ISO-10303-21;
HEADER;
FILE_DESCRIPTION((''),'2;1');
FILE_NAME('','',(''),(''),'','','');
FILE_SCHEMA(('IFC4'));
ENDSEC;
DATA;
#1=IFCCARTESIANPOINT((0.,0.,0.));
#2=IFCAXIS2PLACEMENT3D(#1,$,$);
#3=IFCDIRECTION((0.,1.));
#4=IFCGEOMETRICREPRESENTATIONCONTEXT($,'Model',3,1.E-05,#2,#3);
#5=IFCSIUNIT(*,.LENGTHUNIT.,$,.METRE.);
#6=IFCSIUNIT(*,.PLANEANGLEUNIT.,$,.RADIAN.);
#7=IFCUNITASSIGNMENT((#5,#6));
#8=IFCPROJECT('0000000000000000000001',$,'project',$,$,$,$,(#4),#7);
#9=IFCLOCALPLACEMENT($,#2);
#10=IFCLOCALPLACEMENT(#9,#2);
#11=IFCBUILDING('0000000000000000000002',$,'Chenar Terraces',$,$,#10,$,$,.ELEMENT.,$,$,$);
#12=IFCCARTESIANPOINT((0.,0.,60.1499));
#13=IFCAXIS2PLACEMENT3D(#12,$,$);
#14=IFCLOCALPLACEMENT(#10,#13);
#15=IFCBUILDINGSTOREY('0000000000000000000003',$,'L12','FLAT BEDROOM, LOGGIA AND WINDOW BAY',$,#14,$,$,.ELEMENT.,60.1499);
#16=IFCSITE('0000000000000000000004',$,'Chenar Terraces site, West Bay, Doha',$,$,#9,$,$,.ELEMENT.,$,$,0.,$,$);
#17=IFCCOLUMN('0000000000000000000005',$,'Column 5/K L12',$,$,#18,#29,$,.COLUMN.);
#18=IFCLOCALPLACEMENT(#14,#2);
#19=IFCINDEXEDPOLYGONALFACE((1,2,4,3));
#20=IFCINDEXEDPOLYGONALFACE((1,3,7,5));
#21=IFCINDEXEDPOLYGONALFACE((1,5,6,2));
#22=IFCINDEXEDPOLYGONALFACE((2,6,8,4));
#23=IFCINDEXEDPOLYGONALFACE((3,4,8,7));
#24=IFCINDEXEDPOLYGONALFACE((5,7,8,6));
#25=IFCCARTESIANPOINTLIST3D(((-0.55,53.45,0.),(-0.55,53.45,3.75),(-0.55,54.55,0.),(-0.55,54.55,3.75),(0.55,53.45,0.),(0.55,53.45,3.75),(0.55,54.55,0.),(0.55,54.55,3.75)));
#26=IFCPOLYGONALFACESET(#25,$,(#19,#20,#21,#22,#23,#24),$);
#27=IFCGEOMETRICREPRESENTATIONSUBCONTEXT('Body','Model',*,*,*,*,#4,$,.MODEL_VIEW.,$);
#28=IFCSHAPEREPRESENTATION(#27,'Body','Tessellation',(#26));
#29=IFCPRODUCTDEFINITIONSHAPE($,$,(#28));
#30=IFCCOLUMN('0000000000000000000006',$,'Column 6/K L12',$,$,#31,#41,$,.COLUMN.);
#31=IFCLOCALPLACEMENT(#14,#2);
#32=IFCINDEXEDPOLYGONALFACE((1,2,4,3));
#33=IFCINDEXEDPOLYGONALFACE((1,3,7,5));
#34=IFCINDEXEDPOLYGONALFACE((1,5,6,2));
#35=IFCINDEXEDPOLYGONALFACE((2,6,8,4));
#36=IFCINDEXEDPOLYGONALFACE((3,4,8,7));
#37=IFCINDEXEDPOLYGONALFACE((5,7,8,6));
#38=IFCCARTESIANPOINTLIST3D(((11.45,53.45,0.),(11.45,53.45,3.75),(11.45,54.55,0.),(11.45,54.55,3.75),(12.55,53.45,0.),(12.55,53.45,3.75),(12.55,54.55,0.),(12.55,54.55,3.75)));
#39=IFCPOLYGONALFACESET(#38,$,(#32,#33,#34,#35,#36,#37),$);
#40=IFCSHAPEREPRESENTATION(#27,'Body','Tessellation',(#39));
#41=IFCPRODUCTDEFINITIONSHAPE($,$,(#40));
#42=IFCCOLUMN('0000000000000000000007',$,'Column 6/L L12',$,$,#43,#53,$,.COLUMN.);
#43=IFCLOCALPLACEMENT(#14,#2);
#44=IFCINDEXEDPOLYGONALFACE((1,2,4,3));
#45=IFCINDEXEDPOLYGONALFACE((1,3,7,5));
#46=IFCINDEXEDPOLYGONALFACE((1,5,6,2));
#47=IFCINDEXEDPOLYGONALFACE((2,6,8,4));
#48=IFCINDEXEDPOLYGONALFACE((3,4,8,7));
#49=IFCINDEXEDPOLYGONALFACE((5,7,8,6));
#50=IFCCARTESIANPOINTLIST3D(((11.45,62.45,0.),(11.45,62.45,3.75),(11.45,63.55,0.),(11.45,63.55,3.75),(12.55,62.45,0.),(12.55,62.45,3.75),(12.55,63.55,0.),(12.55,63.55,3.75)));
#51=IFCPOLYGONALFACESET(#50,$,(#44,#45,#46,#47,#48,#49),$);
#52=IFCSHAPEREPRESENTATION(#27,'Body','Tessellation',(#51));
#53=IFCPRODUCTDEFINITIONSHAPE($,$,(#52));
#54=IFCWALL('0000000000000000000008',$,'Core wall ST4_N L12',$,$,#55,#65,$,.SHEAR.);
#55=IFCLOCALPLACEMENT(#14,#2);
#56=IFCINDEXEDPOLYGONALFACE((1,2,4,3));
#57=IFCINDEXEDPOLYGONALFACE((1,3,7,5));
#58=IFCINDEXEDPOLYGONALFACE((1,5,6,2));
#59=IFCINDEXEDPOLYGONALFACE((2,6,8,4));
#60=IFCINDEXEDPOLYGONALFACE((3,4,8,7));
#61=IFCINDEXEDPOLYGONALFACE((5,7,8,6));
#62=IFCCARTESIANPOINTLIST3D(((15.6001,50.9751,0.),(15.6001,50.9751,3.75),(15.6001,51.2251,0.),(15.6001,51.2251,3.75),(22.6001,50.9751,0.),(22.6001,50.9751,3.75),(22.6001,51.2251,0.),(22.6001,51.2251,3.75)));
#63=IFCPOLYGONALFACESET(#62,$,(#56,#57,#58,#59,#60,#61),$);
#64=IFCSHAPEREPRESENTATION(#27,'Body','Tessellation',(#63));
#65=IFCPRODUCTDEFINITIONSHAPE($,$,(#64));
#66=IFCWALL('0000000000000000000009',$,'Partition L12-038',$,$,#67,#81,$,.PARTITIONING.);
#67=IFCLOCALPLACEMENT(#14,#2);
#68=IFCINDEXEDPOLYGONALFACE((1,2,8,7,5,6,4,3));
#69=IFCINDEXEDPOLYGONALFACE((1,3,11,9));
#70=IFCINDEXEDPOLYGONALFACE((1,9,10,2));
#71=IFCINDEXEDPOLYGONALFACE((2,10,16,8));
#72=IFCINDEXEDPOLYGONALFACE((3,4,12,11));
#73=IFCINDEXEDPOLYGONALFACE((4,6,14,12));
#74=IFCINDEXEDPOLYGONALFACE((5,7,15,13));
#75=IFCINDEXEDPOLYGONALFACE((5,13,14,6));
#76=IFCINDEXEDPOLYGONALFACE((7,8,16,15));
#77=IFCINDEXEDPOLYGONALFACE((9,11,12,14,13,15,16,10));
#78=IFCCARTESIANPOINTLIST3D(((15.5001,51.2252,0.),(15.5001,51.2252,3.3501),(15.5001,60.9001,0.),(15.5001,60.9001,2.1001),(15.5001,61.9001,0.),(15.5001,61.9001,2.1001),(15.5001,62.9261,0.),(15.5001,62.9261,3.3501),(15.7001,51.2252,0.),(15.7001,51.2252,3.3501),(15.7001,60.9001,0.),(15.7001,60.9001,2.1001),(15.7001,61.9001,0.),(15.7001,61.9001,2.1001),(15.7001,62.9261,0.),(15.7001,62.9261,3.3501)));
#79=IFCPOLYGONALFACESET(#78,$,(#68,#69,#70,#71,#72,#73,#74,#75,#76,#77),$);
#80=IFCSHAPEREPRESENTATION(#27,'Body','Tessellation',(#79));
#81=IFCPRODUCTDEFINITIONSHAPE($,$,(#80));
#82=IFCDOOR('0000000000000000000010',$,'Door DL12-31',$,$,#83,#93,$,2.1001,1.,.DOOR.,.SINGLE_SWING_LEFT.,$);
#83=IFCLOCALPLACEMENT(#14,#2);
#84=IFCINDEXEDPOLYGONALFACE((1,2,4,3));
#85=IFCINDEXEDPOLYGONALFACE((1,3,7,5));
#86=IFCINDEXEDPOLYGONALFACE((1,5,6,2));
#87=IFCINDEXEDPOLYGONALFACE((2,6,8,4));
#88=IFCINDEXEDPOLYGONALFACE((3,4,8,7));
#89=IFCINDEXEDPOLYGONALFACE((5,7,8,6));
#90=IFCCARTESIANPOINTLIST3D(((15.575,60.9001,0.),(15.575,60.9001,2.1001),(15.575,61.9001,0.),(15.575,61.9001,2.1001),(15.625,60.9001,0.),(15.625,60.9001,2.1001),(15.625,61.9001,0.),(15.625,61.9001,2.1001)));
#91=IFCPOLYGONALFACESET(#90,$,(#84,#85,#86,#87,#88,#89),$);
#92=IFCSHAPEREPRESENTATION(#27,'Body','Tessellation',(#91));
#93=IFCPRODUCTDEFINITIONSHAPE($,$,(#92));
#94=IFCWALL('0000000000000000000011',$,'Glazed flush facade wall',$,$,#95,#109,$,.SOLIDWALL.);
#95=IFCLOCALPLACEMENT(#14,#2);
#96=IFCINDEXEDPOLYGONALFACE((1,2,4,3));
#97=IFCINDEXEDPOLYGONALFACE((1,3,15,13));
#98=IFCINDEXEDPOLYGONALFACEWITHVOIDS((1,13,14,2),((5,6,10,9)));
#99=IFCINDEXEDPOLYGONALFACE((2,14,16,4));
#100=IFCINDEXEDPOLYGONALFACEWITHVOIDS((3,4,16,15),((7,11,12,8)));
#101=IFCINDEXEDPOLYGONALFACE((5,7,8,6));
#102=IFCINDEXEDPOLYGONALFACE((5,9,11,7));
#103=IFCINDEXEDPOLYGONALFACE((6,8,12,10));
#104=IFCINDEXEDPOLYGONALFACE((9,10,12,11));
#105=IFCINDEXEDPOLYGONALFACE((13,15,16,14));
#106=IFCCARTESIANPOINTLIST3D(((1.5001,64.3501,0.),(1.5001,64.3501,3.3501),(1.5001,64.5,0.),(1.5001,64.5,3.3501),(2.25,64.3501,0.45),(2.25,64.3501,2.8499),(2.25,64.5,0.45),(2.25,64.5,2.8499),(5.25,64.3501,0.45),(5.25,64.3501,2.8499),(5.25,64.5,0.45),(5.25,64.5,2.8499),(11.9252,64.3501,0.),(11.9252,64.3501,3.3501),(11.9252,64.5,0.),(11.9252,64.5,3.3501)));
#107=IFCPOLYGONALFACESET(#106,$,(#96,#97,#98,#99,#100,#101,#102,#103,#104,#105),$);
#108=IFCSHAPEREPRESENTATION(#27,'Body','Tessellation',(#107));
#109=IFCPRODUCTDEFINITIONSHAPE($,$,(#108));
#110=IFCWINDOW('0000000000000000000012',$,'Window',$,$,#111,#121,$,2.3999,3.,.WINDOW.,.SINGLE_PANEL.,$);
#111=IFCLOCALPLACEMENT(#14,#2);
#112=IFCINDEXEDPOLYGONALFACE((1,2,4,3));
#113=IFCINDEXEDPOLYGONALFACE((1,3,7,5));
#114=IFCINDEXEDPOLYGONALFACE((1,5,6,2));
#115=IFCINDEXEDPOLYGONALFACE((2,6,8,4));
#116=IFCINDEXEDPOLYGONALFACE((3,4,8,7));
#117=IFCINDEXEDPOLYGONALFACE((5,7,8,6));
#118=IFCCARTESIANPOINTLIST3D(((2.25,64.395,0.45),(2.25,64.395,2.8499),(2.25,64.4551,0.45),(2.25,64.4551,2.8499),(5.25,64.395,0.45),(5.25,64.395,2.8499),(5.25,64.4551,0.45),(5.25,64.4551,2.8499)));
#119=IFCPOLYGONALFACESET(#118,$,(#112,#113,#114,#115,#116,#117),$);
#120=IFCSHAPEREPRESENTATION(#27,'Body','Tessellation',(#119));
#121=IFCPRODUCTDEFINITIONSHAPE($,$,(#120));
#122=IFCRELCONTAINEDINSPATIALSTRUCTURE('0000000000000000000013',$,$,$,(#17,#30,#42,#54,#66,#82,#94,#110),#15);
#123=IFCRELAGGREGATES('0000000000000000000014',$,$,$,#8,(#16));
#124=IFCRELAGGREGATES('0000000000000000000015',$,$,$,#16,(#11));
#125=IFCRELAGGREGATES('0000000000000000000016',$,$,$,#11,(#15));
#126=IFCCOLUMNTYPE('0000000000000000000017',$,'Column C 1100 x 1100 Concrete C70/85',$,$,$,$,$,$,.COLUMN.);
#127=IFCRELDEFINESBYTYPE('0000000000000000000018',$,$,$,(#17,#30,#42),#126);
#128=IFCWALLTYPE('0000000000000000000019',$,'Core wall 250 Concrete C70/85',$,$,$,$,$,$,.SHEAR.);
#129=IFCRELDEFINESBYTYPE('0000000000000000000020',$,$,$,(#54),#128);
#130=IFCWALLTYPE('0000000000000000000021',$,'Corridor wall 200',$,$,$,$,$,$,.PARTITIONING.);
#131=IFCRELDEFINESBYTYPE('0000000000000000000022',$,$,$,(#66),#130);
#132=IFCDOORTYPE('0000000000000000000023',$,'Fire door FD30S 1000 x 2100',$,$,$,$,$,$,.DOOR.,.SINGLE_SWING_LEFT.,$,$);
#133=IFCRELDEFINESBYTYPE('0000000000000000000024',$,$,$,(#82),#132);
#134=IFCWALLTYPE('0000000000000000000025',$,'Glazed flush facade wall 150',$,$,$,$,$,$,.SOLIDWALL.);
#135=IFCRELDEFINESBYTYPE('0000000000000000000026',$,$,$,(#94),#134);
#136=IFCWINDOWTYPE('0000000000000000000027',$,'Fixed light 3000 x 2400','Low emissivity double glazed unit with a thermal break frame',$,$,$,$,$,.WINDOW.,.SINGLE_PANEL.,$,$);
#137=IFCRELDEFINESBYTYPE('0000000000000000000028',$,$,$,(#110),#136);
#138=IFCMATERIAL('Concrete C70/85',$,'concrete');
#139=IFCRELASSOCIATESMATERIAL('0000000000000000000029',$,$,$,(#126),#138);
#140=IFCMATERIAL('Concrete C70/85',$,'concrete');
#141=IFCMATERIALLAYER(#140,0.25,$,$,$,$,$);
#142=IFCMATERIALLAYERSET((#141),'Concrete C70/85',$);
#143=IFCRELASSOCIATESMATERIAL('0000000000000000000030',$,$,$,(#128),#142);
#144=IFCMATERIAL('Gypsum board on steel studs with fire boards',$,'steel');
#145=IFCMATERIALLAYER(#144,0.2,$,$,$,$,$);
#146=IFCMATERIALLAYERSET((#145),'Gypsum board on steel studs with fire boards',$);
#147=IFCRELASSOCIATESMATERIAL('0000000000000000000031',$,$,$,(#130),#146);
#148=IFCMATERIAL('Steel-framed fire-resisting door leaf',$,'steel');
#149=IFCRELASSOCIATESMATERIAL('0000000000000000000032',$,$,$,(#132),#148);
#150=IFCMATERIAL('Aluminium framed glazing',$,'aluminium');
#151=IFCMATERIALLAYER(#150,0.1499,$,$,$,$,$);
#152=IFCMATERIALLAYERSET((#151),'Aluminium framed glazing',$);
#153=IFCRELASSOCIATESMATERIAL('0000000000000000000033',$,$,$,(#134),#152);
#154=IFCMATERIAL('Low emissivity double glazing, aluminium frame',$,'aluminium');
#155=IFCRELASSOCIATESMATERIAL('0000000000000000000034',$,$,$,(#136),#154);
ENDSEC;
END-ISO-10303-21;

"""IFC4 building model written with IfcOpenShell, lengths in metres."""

from ifc_helpers import new_model, si_unit, direction, frame, frame_2d, origin, origin_2d, place, context, subcontext, project, spatial, rectangle, extrude, material, layer, layer_set, material_profile, profile_set, type_object, element, fill, save


model = new_model("IFC4")

# Units and contexts
model_context = context("Model", 3, precision=1e-05, world=origin(), true_north=direction((0.0, 1.0)))
body_context = subcontext(model_context, "Body", "Model", "MODEL_VIEW")
ifc_project = project(units=[si_unit("LENGTHUNIT", "METRE"), si_unit("PLANEANGLEUNIT", "RADIAN")], contexts=[model_context])

# Site, building, storey
site_placement = place(None, origin())
site = spatial("IfcSite", under=ifc_project, at=site_placement, Name="Chenar Terraces site, West Bay, Doha", CompositionType="ELEMENT", RefElevation=0.0)
building_placement = place(site_placement, origin())
building = spatial("IfcBuilding", under=site, at=building_placement, Name="Chenar Terraces", CompositionType="ELEMENT")
storey_placement = place(building_placement, frame((0.0, 0.0, 60.1499)))
storey = spatial("IfcBuildingStorey", under=building, at=storey_placement, Name="L12", Description="FLAT BEDROOM, LOGGIA AND WINDOW BAY", CompositionType="ELEMENT", Elevation=60.1499)

# Columns
ifc_material_1 = material(Name="Concrete C70/85", Category="concrete")
ifc_material_profile = material_profile(ifc_material_1, rectangle(XDim=1.1001, YDim=1.1001, at=origin_2d()), Name="C 1100 x 1100")
ifc_profile_set = profile_set([ifc_material_profile], Name="Concrete C70/85")
column_type = type_object("IfcColumnType", Name="Column C 1100 x 1100 Concrete C70/85", PredefinedType="COLUMN", material=ifc_profile_set)
placement = place(storey_placement, frame((0.0, 54.0, 0.0), z_axis=(0.0, 0.0, 1.0), x_axis=(1.0, 0.0, 0.0)))
element("IfcColumn", 1, at=placement, inside=storey, type_object=column_type, Name="Column 5/K L12", PredefinedType="COLUMN", context=body_context, shape_type="SweptSolid", body=[
    extrude(rectangle(XDim=1.1001, YDim=1.1001, at=origin_2d()), origin(), (0.0, 0.0, 1.0), 3.75),
])
for number, where, z_axis, x_axis, name in (
    (2, (12.0, 54.0, 0.0), (0.0, 0.0, 1.0), (1.0, 0.0, 0.0), "Column 6/K L12"),
    (3, (12.0, 63.0, 0.0), (0.0, 0.0, 1.0), (1.0, 0.0, 0.0), "Column 6/L L12"),
):
    element("IfcColumn", number, at=place(storey_placement, frame(where, z_axis=z_axis, x_axis=x_axis)), inside=storey, type_object=column_type, Name=name, PredefinedType="COLUMN", context=body_context, shape_type="SweptSolid", body=[
        extrude(rectangle(XDim=1.1001, YDim=1.1001, at=origin_2d()), origin(), (0.0, 0.0, 1.0), 3.75),
    ])

# Wall
ifc_material_2 = material(Name="Concrete C70/85", Category="concrete")
ifc_layer_1 = layer(ifc_material_2, 0.25)
ifc_layer_set_1 = layer_set([ifc_layer_1], Name="Concrete C70/85")
wall_type_1 = type_object("IfcWallType", Name="Core wall 250 Concrete C70/85", PredefinedType="SHEAR", material=ifc_layer_set_1)
wall_1_placement = place(storey_placement, frame((15.6001, 51.1001, 0.0), z_axis=(0.0, 0.0, 1.0), x_axis=(1.0, 0.0, 0.0)))
element("IfcWall", 4, at=wall_1_placement, inside=storey, type_object=wall_type_1, Name="Core wall ST4_N L12", PredefinedType="SHEAR", context=body_context, shape_type="SweptSolid", body=[
    extrude(rectangle(XDim=7.0, YDim=0.25, at=frame_2d((3.5, 0.0))), origin(), (0.0, 0.0, 1.0), 3.75),
])

# Wall, opening, door
ifc_material_3 = material(Name="Gypsum board on steel studs with fire boards", Category="steel")
ifc_layer_2 = layer(ifc_material_3, 0.2)
ifc_layer_set_2 = layer_set([ifc_layer_2], Name="Gypsum board on steel studs with fire boards")
wall_type_2 = type_object("IfcWallType", Name="Corridor wall 200", PredefinedType="PARTITIONING", material=ifc_layer_set_2)
wall_2_placement = place(storey_placement, frame((15.6001, 51.2251, 0.0), z_axis=(0.0, 0.0, 1.0), x_axis=(0.0, 1.0, 0.0)))
wall_2 = element("IfcWall", 5, at=wall_2_placement, inside=storey, type_object=wall_type_2, Name="Partition L12-038", PredefinedType="PARTITIONING", context=body_context, shape_type="SweptSolid", body=[
    extrude(rectangle(XDim=11.7009, YDim=0.2, at=frame_2d((5.8506, 0.0))), origin(), (0.0, 0.0, 1.0), 3.3501),
])
opening_1_placement = place(wall_2_placement, frame((9.675, 0.0, 0.0)))
opening_1 = element("IfcOpeningElement", 6, at=opening_1_placement, cuts=wall_2, PredefinedType="OPENING", context=body_context, shape_type="SweptSolid", body=[
    extrude(rectangle(XDim=1.0, YDim=2.1001, at=frame_2d((0.5, 1.05))), frame((0.0, 0.1099, 0.0), z_axis=(0.0, -1.0, 0.0), x_axis=(1.0, 0.0, 0.0)), (0.0, 0.0, 1.0), 0.22),
])
ifc_material_4 = material(Name="Steel-framed fire-resisting door leaf", Category="steel")
door_type = type_object("IfcDoorType", Name="Fire door FD30S 1000 x 2100", OperationType="SINGLE_SWING_LEFT", PredefinedType="DOOR", material=ifc_material_4)
door_placement = place(opening_1_placement, frame((1.0, 0.0, 0.0), z_axis=(0.0, 0.0, 1.0), x_axis=(-1.0, 0.0, 0.0)))
door = element("IfcDoor", 7, at=door_placement, inside=storey, type_object=door_type, Name="Door DL12-31", OperationType="SINGLE_SWING_LEFT", OverallHeight=2.1001, OverallWidth=1.0, PredefinedType="DOOR", context=body_context, shape_type="SweptSolid", body=[
    extrude(rectangle(XDim=1.0, YDim=2.1001, at=frame_2d((0.5, 1.05))), frame((0.0, 0.0249, 0.0), z_axis=(0.0, -1.0, 0.0), x_axis=(1.0, 0.0, 0.0)), (0.0, 0.0, 1.0), 0.05),
])
fill(opening_1, door)

# Wall, opening, window
ifc_material_5 = material(Name="Aluminium framed glazing", Category="aluminium")
ifc_layer_3 = layer(ifc_material_5, 0.1499)
ifc_layer_set_3 = layer_set([ifc_layer_3], Name="Aluminium framed glazing")
wall_type_3 = type_object("IfcWallType", Name="Glazed flush facade wall 150", PredefinedType="SOLIDWALL", material=ifc_layer_set_3)
wall_3_placement = place(storey_placement, frame((11.925, 64.425, 0.0), z_axis=(0.0, 0.0, 1.0), x_axis=(-1.0, 0.0, 0.0)))
wall_3 = element("IfcWall", 8, at=wall_3_placement, inside=storey, type_object=wall_type_3, Name="Glazed flush facade wall", PredefinedType="SOLIDWALL", context=body_context, shape_type="SweptSolid", body=[
    extrude(rectangle(XDim=10.425, YDim=0.1499, at=frame_2d((5.2124, 0.0))), origin(), (0.0, 0.0, 1.0), 3.3501),
])
opening_2_placement = place(wall_3_placement, frame((6.675, 0.0, 0.45)))
opening_2 = element("IfcOpeningElement", 9, at=opening_2_placement, cuts=wall_3, PredefinedType="OPENING", context=body_context, shape_type="SweptSolid", body=[
    extrude(rectangle(XDim=3.0, YDim=2.3999, at=frame_2d((1.5, 1.2))), frame((0.0, 0.085, 0.0), z_axis=(0.0, -1.0, 0.0), x_axis=(1.0, 0.0, 0.0)), (0.0, 0.0, 1.0), 0.1699),
])
ifc_material_6 = material(Name="Low emissivity double glazing, aluminium frame", Category="aluminium")
window_type_1 = type_object("IfcWindowType", Name="Fixed light 3000 x 2400", Description="Low emissivity double glazed unit with a thermal break frame", PartitioningType="SINGLE_PANEL", PredefinedType="WINDOW", material=ifc_material_6)
window_1_placement = place(opening_2_placement, origin())
window_1 = element("IfcWindow", 10, at=window_1_placement, inside=storey, type_object=window_type_1, Name="Window", OverallHeight=2.3999, OverallWidth=3.0, PartitioningType="SINGLE_PANEL", PredefinedType="WINDOW", context=body_context, shape_type="SweptSolid", body=[
    extrude(rectangle(XDim=3.0, YDim=2.3999, at=frame_2d((1.5, 1.2))), frame((0.0, 0.03, 0.0), z_axis=(0.0, -1.0, 0.0), x_axis=(1.0, 0.0, 0.0)), (0.0, 0.0, 1.0), 0.0601),
])
fill(opening_2, window_1)

save(model, "model.ifc")
